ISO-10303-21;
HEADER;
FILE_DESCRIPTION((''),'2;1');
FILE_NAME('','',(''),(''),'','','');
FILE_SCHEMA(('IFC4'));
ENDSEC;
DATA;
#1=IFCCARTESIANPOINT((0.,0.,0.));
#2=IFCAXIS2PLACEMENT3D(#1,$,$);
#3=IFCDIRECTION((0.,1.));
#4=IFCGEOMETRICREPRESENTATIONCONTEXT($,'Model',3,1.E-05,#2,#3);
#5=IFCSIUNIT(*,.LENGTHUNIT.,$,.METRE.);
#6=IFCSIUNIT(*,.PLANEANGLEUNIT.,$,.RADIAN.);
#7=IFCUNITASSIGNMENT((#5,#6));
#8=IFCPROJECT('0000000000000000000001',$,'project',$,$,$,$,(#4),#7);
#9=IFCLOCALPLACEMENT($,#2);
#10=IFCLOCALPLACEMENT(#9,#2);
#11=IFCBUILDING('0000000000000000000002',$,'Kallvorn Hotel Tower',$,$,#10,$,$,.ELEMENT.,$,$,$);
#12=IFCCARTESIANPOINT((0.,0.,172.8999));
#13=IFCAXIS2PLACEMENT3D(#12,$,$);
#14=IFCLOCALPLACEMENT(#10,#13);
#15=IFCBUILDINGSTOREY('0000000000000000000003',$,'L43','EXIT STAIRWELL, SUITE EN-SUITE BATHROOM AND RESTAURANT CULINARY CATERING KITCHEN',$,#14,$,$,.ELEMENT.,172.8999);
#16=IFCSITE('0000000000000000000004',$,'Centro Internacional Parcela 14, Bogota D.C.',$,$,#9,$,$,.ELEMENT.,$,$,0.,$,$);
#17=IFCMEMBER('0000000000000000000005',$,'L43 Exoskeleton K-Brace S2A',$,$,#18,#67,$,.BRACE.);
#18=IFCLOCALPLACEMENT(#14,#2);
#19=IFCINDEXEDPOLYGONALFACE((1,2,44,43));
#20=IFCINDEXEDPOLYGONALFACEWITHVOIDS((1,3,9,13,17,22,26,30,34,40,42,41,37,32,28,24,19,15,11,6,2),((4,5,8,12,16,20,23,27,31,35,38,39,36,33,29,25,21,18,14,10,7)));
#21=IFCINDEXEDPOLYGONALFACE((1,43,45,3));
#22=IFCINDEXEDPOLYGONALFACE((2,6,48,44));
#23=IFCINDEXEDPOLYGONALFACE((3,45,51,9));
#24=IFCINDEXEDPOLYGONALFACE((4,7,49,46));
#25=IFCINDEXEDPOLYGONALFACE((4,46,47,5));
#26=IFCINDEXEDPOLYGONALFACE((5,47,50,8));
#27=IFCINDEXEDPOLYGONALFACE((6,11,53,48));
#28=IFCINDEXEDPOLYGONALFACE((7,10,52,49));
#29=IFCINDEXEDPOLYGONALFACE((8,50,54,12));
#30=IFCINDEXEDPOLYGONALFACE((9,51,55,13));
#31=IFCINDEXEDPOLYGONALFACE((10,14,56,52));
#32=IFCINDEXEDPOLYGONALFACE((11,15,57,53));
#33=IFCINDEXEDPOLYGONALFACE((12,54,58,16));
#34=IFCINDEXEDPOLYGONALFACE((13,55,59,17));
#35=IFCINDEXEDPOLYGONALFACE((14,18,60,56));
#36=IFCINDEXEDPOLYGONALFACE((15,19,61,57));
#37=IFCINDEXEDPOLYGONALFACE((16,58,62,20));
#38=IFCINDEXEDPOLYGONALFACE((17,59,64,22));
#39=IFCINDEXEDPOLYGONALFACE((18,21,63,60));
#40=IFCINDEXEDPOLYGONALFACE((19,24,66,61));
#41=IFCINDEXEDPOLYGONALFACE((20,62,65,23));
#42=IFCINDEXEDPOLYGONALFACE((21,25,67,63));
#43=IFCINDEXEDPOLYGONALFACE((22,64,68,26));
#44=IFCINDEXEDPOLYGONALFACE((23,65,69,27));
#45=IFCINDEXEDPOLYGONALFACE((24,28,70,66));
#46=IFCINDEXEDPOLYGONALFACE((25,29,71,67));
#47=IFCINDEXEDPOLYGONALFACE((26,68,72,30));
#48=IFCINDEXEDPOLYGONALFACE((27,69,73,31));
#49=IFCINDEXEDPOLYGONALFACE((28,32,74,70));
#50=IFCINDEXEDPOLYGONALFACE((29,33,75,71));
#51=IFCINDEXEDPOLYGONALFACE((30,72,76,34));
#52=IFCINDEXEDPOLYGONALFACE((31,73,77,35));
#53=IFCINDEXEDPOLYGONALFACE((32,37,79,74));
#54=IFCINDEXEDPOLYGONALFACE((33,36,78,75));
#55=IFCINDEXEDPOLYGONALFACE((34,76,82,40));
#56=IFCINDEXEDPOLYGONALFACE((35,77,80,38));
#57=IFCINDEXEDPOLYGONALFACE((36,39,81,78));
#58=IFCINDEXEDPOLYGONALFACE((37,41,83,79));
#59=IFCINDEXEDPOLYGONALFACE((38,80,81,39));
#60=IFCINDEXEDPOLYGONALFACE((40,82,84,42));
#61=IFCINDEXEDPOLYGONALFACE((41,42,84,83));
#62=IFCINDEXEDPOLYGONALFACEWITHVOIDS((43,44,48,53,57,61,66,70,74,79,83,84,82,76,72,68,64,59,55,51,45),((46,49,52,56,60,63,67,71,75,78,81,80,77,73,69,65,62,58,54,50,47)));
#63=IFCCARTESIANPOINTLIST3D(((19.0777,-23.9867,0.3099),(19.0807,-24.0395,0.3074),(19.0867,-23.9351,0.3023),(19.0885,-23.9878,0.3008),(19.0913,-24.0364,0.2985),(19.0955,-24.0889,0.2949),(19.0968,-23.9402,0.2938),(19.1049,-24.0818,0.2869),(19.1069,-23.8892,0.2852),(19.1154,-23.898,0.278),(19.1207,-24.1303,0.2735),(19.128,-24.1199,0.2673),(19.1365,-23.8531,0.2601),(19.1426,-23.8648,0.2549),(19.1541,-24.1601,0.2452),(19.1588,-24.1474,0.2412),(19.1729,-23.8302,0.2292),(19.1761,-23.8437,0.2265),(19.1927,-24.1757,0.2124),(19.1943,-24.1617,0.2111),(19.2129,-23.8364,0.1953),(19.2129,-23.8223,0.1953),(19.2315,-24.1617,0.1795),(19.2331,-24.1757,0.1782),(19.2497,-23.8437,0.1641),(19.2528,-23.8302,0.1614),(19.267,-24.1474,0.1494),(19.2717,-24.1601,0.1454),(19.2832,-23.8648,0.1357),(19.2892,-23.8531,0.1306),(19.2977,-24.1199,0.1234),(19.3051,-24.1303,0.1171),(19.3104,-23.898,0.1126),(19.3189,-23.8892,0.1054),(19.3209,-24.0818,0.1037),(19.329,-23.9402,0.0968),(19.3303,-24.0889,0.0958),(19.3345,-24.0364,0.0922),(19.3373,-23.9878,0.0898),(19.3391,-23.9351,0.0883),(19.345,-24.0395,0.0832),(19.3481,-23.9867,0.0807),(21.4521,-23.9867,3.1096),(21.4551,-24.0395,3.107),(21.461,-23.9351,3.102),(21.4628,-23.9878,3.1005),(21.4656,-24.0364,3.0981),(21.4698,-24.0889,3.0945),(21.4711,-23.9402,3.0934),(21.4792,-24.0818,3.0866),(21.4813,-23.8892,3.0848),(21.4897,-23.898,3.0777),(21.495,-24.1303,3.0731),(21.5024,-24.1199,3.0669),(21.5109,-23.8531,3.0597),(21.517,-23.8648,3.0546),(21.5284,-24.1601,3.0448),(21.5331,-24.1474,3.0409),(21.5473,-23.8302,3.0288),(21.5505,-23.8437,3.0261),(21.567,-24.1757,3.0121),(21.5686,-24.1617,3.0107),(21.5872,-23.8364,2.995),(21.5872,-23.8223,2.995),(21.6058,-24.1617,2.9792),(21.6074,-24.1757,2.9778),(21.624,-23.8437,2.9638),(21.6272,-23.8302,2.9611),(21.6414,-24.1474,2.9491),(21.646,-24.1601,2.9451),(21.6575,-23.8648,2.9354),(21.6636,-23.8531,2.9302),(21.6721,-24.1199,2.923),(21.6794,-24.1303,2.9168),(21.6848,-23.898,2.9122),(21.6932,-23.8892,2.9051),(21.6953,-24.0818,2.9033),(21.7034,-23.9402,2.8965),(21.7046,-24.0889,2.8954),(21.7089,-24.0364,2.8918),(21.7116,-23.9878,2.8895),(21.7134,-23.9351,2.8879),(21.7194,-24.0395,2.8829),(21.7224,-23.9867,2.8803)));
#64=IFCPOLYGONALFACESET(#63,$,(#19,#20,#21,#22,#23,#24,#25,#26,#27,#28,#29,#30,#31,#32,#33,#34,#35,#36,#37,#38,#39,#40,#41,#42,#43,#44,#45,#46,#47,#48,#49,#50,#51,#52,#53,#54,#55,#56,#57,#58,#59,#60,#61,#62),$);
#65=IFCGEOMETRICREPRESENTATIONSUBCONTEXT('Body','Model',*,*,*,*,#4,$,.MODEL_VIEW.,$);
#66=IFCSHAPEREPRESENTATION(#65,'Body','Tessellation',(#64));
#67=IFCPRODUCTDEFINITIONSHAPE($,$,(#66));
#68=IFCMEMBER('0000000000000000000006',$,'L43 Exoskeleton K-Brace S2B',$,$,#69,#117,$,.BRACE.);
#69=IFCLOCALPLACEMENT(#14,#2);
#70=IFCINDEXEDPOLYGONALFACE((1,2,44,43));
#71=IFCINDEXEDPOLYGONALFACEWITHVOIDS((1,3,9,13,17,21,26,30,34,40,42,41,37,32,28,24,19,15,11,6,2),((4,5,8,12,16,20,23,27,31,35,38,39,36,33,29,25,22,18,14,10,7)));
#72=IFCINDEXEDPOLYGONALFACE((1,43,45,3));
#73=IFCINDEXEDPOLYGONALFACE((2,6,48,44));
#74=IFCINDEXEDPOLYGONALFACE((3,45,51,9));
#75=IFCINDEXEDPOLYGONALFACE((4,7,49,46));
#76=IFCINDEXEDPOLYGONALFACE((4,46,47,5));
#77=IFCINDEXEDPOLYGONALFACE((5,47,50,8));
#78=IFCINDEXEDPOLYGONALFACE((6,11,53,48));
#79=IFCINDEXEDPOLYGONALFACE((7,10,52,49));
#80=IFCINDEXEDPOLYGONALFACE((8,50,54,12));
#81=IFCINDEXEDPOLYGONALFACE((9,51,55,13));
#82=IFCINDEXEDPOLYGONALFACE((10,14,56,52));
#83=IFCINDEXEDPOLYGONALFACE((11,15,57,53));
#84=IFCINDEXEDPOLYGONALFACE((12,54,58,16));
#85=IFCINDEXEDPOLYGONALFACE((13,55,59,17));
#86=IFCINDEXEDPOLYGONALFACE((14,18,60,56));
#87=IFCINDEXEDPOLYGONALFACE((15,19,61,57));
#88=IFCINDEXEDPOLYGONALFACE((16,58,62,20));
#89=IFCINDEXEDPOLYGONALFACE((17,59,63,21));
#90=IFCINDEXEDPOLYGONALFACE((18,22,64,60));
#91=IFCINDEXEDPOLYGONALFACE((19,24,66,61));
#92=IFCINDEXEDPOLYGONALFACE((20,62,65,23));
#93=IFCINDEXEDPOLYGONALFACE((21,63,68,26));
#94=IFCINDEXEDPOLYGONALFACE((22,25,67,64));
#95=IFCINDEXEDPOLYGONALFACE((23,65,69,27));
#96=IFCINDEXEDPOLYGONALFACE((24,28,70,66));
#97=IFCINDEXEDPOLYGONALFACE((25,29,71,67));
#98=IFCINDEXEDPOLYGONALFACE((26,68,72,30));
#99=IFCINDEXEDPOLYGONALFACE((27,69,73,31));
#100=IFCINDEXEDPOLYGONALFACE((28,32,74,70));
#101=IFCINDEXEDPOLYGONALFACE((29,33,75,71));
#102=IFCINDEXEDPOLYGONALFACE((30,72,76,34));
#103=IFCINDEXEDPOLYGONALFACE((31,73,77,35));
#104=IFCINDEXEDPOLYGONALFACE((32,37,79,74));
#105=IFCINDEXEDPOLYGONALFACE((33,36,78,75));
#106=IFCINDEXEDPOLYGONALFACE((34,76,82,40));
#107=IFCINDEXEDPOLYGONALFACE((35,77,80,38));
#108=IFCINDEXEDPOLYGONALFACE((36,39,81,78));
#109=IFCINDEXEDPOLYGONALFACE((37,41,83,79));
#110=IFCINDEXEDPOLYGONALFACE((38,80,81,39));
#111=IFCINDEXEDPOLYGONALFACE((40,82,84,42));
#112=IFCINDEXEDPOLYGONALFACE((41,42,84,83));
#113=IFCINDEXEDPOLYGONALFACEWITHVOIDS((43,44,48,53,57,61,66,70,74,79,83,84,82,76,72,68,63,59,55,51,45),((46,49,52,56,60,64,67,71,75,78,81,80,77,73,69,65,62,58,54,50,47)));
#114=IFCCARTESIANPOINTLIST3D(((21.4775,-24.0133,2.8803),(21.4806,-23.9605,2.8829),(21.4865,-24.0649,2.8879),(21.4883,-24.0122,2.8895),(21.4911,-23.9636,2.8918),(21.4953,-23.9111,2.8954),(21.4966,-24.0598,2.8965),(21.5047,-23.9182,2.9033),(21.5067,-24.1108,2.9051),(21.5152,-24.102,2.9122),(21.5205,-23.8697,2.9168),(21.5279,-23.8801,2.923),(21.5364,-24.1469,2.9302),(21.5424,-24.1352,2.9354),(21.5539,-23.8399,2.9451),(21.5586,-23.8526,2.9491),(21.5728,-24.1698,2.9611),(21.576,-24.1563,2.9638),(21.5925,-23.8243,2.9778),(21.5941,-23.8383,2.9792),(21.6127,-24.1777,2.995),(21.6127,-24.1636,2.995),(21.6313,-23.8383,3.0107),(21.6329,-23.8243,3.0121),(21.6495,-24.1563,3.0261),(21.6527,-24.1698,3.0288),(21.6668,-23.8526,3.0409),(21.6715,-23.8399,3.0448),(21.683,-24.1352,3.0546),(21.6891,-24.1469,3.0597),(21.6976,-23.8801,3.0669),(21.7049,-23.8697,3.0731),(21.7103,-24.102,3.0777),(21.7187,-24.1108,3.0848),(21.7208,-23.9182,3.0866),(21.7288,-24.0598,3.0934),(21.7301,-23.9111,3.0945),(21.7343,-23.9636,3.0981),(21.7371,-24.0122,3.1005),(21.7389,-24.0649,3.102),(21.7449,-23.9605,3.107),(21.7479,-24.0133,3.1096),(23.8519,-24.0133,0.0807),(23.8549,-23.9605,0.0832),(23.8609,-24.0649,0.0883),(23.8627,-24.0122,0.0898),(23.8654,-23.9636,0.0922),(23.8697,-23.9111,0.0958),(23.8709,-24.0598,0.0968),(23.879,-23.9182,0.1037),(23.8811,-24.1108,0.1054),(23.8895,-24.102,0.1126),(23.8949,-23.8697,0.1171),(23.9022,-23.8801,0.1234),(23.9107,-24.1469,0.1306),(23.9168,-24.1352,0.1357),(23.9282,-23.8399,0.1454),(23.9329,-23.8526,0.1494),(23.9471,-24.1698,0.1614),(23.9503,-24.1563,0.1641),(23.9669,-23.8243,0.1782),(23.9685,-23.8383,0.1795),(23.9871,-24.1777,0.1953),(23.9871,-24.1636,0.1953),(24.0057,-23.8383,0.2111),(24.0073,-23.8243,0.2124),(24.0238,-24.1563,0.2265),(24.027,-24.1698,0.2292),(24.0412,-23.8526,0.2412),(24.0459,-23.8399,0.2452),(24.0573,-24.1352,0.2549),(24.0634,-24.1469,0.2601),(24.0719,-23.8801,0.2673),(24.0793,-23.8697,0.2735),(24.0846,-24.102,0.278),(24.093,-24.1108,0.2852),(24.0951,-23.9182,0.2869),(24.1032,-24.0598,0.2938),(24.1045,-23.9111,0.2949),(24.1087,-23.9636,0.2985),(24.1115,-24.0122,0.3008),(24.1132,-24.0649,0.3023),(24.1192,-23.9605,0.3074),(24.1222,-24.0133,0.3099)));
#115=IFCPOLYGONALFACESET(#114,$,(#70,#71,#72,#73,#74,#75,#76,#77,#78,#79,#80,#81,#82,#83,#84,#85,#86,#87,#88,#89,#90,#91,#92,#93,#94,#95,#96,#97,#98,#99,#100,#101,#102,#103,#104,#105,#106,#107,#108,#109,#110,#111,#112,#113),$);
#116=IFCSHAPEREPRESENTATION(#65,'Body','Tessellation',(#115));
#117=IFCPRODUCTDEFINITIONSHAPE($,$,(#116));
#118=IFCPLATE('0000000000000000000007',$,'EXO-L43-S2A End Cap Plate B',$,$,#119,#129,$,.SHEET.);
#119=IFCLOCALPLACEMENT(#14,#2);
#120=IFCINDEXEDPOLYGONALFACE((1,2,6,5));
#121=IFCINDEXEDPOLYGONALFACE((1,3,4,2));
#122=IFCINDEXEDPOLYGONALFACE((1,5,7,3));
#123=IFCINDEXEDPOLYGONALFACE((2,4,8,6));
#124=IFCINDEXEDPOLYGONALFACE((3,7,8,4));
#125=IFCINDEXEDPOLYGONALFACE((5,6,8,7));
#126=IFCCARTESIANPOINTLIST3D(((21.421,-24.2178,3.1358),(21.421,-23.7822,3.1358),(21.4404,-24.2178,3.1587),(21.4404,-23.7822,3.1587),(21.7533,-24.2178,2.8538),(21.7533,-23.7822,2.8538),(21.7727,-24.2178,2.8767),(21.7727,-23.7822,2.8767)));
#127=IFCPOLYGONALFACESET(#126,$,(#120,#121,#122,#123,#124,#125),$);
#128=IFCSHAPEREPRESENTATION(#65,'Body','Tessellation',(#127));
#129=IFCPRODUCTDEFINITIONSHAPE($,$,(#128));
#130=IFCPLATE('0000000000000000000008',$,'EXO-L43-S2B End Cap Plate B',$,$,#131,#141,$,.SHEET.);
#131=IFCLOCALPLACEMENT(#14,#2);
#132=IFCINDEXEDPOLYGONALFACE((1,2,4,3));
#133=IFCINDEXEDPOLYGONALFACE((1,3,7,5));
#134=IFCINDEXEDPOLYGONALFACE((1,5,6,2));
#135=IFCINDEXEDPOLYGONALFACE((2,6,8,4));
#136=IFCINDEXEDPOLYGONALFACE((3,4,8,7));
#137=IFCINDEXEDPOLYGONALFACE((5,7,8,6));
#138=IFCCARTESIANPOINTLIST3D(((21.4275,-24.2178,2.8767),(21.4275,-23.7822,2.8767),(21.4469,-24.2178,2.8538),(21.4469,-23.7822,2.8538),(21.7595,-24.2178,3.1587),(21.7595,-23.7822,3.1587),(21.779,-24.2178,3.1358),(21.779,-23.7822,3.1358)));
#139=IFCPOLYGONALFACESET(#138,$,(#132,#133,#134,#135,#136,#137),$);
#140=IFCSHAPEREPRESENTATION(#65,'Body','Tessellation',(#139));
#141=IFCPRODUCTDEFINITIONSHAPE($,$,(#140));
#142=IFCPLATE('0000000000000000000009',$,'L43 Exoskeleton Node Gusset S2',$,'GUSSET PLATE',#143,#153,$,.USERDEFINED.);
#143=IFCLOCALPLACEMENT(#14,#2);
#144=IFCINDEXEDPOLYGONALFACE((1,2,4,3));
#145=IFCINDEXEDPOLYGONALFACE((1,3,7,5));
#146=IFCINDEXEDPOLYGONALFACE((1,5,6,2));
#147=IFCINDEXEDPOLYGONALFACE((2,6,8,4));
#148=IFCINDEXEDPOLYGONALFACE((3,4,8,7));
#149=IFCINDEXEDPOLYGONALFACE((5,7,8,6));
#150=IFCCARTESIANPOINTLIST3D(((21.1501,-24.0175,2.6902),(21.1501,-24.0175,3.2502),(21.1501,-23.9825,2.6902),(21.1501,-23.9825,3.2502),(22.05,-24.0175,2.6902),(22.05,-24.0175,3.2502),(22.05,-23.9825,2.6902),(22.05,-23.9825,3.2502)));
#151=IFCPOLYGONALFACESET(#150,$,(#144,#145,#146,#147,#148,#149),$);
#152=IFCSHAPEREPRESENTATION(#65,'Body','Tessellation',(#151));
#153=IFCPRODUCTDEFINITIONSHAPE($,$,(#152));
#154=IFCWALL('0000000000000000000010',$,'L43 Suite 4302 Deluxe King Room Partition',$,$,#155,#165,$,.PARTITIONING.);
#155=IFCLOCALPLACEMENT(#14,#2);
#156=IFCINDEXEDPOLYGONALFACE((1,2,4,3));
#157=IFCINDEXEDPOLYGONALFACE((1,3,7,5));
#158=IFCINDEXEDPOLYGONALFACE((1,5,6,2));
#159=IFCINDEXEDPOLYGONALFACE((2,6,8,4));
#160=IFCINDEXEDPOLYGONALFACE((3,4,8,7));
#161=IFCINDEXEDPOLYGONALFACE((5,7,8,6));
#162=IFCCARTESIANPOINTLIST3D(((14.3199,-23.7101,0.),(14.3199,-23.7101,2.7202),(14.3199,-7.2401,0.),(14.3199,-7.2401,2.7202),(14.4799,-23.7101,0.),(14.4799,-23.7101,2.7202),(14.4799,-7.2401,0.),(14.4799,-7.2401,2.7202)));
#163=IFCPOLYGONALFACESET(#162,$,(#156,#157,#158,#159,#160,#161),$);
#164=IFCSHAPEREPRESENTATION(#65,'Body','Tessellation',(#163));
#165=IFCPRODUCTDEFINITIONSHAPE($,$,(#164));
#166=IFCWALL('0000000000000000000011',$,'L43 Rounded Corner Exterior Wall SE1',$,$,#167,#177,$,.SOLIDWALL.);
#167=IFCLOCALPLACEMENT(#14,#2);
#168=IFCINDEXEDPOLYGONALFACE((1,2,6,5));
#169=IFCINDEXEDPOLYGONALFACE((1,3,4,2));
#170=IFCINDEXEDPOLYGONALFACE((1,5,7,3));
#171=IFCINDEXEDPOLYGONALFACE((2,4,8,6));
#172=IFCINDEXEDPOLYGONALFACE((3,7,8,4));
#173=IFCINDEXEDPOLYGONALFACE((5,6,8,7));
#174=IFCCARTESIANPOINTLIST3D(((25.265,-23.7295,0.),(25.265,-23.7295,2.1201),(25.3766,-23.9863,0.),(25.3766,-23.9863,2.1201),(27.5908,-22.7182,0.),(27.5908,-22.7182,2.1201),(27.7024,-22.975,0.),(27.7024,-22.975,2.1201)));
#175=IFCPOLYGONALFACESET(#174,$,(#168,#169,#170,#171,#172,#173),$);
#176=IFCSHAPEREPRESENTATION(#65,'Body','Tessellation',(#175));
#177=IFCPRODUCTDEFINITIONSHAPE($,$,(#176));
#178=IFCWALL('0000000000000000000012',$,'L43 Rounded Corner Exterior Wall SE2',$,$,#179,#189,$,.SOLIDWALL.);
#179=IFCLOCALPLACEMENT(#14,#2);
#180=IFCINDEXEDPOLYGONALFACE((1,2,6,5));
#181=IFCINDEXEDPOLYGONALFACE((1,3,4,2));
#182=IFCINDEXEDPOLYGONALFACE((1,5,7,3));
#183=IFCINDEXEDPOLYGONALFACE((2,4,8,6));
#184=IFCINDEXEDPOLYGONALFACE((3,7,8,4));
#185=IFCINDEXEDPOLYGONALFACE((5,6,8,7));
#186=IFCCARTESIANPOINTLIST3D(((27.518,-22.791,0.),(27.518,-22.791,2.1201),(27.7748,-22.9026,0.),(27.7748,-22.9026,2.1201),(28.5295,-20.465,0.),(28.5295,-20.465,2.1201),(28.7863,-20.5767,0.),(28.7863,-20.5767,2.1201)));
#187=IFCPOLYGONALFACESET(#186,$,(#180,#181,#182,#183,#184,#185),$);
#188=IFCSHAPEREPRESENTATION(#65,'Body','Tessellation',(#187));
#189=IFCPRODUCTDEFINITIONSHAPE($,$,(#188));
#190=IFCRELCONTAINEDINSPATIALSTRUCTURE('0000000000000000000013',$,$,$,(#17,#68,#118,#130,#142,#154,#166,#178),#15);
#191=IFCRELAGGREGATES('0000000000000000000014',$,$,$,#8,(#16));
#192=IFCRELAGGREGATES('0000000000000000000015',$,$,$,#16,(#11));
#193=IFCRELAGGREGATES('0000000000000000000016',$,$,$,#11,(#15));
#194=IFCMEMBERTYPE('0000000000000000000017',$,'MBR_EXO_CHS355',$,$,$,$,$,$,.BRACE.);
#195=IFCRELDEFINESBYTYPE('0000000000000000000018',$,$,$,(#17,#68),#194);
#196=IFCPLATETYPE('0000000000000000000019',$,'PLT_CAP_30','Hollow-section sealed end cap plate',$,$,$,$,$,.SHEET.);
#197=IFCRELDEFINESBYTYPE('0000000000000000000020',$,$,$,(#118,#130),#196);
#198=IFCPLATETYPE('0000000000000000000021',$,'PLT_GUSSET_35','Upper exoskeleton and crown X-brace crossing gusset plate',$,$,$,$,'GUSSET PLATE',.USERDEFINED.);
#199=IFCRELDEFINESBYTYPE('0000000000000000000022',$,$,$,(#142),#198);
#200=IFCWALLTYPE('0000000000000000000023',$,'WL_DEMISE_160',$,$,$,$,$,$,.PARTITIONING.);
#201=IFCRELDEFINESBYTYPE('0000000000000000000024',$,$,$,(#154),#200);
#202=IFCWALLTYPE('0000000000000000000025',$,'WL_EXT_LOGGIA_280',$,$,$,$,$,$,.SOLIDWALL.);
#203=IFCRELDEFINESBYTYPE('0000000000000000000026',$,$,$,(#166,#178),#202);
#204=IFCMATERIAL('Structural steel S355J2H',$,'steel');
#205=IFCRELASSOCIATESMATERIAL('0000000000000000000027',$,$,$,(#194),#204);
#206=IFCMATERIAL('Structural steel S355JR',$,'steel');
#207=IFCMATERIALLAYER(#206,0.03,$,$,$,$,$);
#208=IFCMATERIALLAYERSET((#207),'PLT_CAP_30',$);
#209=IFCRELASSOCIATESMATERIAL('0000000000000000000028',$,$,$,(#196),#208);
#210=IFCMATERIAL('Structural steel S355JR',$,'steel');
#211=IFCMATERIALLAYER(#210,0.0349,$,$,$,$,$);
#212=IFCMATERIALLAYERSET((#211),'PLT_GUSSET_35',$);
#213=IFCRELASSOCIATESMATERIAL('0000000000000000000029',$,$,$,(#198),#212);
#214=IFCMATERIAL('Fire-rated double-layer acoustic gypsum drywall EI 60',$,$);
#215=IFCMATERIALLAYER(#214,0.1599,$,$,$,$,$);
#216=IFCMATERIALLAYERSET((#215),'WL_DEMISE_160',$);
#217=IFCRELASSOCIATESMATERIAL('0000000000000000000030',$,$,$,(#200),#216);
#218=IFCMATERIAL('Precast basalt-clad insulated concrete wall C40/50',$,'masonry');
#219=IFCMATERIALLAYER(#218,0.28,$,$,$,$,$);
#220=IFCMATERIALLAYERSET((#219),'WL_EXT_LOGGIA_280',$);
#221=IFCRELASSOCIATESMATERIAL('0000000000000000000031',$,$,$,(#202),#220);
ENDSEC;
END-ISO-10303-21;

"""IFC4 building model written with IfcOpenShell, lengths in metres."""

from ifc_helpers import new_model, si_unit, direction, frame, frame_2d, origin, origin_2d, place, context, subcontext, project, spatial, polyline, rectangle, hollow_circle, outline, extrude, material, layer, layer_set, material_profile, profile_set, type_object, element, save


model = new_model("IFC4")

# Units and contexts
model_context = context("Model", 3, precision=1e-05, world=origin(), true_north=direction((0.0, 1.0)))
body_context = subcontext(model_context, "Body", "Model", "MODEL_VIEW")
ifc_project = project(units=[si_unit("LENGTHUNIT", "METRE"), si_unit("PLANEANGLEUNIT", "RADIAN")], contexts=[model_context])

# Site, building, storey
site_placement = place(None, origin())
site = spatial("IfcSite", under=ifc_project, at=site_placement, Name="Centro Internacional Parcela 14, Bogota D.C.", CompositionType="ELEMENT", RefElevation=0.0)
building_placement = place(site_placement, origin())
building = spatial("IfcBuilding", under=site, at=building_placement, Name="Kallvorn Hotel Tower", CompositionType="ELEMENT")
storey_placement = place(building_placement, frame((0.0, 0.0, 172.8999)))
storey = spatial("IfcBuildingStorey", under=building, at=storey_placement, Name="L43", Description="EXIT STAIRWELL, SUITE EN-SUITE BATHROOM AND RESTAURANT CULINARY CATERING KITCHEN", CompositionType="ELEMENT", Elevation=172.8999)

# Members
ifc_material_1 = material(Name="Structural steel S355J2H", Category="steel")
ifc_material_profile_1 = material_profile(ifc_material_1, hollow_circle(Radius=0.1777, WallThickness=0.0142, at=origin_2d()), Name="CHS 355.6x14.2")
ifc_profile_set_1 = profile_set([ifc_material_profile_1], Name="Structural steel S355J2H")
member_type = type_object("IfcMemberType", Name="MBR_EXO_CHS355", PredefinedType="BRACE", material=ifc_profile_set_1)
for number, where, z_axis, x_axis, name in (
    (1, (19.2129, -24.0, 0.1953), (0.6468, 0.0, 0.762659), (0.0, 1.0, 0.0), "L43 Exoskeleton K-Brace S2A"),
    (2, (23.9871, -24.0, 0.1953), (-0.6468, 0.0, 0.762659), (0.0, -1.0, 0.0), "L43 Exoskeleton K-Brace S2B"),
):
    element("IfcMember", number, at=place(storey_placement, frame(where, z_axis=z_axis, x_axis=x_axis)), inside=storey, type_object=member_type, Name=name, PredefinedType="BRACE", context=body_context, shape_type="SweptSolid", body=[
        extrude(hollow_circle(Radius=0.1777, WallThickness=0.0142, at=origin_2d()), origin(), (0.0, 0.0, 1.0), 3.6709),
    ])

# Plates
ifc_material_2 = material(Name="Structural steel S355JR", Category="steel")
ifc_layer_1 = layer(ifc_material_2, 0.03)
ifc_layer_set_1 = layer_set([ifc_layer_1], Name="PLT_CAP_30")
plate_type_1 = type_object("IfcPlateType", Name="PLT_CAP_30", Description="Hollow-section sealed end cap plate", PredefinedType="SHEET", material=ifc_layer_set_1)
plate_1_placement = place(storey_placement, frame((21.7727, -24.2178, 2.8767), z_axis=(0.647047, 0.0, 0.762451), x_axis=(0.0, 1.0, 0.0)))
element("IfcPlate", 3, at=plate_1_placement, inside=storey, type_object=plate_type_1, Name="EXO-L43-S2A End Cap Plate B", PredefinedType="SHEET", context=body_context, shape_type="SweptSolid", body=[
    extrude(outline(polyline([(0.0, 0.0), (0.4355, 0.0), (0.4355, 0.4358), (0.0, 0.4358), (0.0, 0.0)])), origin(), (0.0, 0.0, -1.0), 0.03),
])
plate_2_placement = place(storey_placement, frame((21.4275, -23.7822, 2.8767), z_axis=(-0.647323, 0.0, 0.762216), x_axis=(0.0, -1.0, 0.0)))
element("IfcPlate", 4, at=plate_2_placement, inside=storey, type_object=plate_type_1, Name="EXO-L43-S2B End Cap Plate B", PredefinedType="SHEET", context=body_context, shape_type="SweptSolid", body=[
    extrude(outline(polyline([(0.0, 0.0), (0.4355, 0.0), (0.4355, 0.4356), (0.0, 0.4356), (0.0, 0.0)])), origin(), (0.0, 0.0, -1.0), 0.03),
])
ifc_material_3 = material(Name="Structural steel S355JR", Category="steel")
ifc_layer_2 = layer(ifc_material_3, 0.0349)
ifc_layer_set_2 = layer_set([ifc_layer_2], Name="PLT_GUSSET_35")
plate_type_2 = type_object("IfcPlateType", Name="PLT_GUSSET_35", Description="Upper exoskeleton and crown X-brace crossing gusset plate", ElementType="GUSSET PLATE", PredefinedType="USERDEFINED", material=ifc_layer_set_2)
plate_3_placement = place(storey_placement, frame((21.6001, -24.0, 2.6902), z_axis=(0.0, 0.0, 1.0), x_axis=(1.0, 0.0, 0.0)))
element("IfcPlate", 5, at=plate_3_placement, inside=storey, type_object=plate_type_2, Name="L43 Exoskeleton Node Gusset S2", ObjectType="GUSSET PLATE", PredefinedType="USERDEFINED", context=body_context, shape_type="SweptSolid", body=[
    extrude(rectangle(XDim=0.8999, YDim=0.0349, at=origin_2d()), origin(), (0.0, 0.0, 1.0), 0.5601),
])

# Walls
ifc_material_4 = material(Name="Fire-rated double-layer acoustic gypsum drywall EI 60")
ifc_layer_3 = layer(ifc_material_4, 0.1599)
ifc_layer_set_3 = layer_set([ifc_layer_3], Name="WL_DEMISE_160")
wall_type_1 = type_object("IfcWallType", Name="WL_DEMISE_160", PredefinedType="PARTITIONING", material=ifc_layer_set_3)
wall_1_placement = place(storey_placement, frame((14.3999, -23.71, 0.0), z_axis=(0.0, 0.0, 1.0), x_axis=(0.0, 1.0, 0.0)))
element("IfcWall", 6, at=wall_1_placement, inside=storey, type_object=wall_type_1, Name="L43 Suite 4302 Deluxe King Room Partition", PredefinedType="PARTITIONING", context=body_context, shape_type="SweptSolid", body=[
    extrude(rectangle(XDim=16.47, YDim=0.1599, at=frame_2d((8.2349, 0.0))), origin(), (0.0, 0.0, 1.0), 2.7202),
])
ifc_material_5 = material(Name="Precast basalt-clad insulated concrete wall C40/50", Category="masonry")
ifc_layer_4 = layer(ifc_material_5, 0.28)
ifc_layer_set_4 = layer_set([ifc_layer_4], Name="WL_EXT_LOGGIA_280")
wall_type_2 = type_object("IfcWallType", Name="WL_EXT_LOGGIA_280", PredefinedType="SOLIDWALL", material=ifc_layer_set_4)
wall_2_placement = place(storey_placement, frame((25.3208, -23.8579, 0.0), z_axis=(0.0, 0.0, 1.0), x_axis=(0.917061, 0.398747, 0.0)))
element("IfcWall", 7, at=wall_2_placement, inside=storey, type_object=wall_type_2, Name="L43 Rounded Corner Exterior Wall SE1", PredefinedType="SOLIDWALL", context=body_context, shape_type="SweptSolid", body=[
    extrude(rectangle(XDim=2.5361, YDim=0.28, at=frame_2d((1.2681, 0.0))), origin(), (0.0, 0.0, 1.0), 2.1201),
])
wall_3_placement = place(storey_placement, frame((27.6465, -22.8467, 0.0), z_axis=(0.0, 0.0, 1.0), x_axis=(0.398793, 0.917041, 0.0)))
element("IfcWall", 8, at=wall_3_placement, inside=storey, type_object=wall_type_2, Name="L43 Rounded Corner Exterior Wall SE2", PredefinedType="SOLIDWALL", context=body_context, shape_type="SweptSolid", body=[
    extrude(rectangle(XDim=2.5364, YDim=0.28, at=frame_2d((1.2681, 0.0))), origin(), (0.0, 0.0, 1.0), 2.1201),
])

save(model, "model.ifc")
